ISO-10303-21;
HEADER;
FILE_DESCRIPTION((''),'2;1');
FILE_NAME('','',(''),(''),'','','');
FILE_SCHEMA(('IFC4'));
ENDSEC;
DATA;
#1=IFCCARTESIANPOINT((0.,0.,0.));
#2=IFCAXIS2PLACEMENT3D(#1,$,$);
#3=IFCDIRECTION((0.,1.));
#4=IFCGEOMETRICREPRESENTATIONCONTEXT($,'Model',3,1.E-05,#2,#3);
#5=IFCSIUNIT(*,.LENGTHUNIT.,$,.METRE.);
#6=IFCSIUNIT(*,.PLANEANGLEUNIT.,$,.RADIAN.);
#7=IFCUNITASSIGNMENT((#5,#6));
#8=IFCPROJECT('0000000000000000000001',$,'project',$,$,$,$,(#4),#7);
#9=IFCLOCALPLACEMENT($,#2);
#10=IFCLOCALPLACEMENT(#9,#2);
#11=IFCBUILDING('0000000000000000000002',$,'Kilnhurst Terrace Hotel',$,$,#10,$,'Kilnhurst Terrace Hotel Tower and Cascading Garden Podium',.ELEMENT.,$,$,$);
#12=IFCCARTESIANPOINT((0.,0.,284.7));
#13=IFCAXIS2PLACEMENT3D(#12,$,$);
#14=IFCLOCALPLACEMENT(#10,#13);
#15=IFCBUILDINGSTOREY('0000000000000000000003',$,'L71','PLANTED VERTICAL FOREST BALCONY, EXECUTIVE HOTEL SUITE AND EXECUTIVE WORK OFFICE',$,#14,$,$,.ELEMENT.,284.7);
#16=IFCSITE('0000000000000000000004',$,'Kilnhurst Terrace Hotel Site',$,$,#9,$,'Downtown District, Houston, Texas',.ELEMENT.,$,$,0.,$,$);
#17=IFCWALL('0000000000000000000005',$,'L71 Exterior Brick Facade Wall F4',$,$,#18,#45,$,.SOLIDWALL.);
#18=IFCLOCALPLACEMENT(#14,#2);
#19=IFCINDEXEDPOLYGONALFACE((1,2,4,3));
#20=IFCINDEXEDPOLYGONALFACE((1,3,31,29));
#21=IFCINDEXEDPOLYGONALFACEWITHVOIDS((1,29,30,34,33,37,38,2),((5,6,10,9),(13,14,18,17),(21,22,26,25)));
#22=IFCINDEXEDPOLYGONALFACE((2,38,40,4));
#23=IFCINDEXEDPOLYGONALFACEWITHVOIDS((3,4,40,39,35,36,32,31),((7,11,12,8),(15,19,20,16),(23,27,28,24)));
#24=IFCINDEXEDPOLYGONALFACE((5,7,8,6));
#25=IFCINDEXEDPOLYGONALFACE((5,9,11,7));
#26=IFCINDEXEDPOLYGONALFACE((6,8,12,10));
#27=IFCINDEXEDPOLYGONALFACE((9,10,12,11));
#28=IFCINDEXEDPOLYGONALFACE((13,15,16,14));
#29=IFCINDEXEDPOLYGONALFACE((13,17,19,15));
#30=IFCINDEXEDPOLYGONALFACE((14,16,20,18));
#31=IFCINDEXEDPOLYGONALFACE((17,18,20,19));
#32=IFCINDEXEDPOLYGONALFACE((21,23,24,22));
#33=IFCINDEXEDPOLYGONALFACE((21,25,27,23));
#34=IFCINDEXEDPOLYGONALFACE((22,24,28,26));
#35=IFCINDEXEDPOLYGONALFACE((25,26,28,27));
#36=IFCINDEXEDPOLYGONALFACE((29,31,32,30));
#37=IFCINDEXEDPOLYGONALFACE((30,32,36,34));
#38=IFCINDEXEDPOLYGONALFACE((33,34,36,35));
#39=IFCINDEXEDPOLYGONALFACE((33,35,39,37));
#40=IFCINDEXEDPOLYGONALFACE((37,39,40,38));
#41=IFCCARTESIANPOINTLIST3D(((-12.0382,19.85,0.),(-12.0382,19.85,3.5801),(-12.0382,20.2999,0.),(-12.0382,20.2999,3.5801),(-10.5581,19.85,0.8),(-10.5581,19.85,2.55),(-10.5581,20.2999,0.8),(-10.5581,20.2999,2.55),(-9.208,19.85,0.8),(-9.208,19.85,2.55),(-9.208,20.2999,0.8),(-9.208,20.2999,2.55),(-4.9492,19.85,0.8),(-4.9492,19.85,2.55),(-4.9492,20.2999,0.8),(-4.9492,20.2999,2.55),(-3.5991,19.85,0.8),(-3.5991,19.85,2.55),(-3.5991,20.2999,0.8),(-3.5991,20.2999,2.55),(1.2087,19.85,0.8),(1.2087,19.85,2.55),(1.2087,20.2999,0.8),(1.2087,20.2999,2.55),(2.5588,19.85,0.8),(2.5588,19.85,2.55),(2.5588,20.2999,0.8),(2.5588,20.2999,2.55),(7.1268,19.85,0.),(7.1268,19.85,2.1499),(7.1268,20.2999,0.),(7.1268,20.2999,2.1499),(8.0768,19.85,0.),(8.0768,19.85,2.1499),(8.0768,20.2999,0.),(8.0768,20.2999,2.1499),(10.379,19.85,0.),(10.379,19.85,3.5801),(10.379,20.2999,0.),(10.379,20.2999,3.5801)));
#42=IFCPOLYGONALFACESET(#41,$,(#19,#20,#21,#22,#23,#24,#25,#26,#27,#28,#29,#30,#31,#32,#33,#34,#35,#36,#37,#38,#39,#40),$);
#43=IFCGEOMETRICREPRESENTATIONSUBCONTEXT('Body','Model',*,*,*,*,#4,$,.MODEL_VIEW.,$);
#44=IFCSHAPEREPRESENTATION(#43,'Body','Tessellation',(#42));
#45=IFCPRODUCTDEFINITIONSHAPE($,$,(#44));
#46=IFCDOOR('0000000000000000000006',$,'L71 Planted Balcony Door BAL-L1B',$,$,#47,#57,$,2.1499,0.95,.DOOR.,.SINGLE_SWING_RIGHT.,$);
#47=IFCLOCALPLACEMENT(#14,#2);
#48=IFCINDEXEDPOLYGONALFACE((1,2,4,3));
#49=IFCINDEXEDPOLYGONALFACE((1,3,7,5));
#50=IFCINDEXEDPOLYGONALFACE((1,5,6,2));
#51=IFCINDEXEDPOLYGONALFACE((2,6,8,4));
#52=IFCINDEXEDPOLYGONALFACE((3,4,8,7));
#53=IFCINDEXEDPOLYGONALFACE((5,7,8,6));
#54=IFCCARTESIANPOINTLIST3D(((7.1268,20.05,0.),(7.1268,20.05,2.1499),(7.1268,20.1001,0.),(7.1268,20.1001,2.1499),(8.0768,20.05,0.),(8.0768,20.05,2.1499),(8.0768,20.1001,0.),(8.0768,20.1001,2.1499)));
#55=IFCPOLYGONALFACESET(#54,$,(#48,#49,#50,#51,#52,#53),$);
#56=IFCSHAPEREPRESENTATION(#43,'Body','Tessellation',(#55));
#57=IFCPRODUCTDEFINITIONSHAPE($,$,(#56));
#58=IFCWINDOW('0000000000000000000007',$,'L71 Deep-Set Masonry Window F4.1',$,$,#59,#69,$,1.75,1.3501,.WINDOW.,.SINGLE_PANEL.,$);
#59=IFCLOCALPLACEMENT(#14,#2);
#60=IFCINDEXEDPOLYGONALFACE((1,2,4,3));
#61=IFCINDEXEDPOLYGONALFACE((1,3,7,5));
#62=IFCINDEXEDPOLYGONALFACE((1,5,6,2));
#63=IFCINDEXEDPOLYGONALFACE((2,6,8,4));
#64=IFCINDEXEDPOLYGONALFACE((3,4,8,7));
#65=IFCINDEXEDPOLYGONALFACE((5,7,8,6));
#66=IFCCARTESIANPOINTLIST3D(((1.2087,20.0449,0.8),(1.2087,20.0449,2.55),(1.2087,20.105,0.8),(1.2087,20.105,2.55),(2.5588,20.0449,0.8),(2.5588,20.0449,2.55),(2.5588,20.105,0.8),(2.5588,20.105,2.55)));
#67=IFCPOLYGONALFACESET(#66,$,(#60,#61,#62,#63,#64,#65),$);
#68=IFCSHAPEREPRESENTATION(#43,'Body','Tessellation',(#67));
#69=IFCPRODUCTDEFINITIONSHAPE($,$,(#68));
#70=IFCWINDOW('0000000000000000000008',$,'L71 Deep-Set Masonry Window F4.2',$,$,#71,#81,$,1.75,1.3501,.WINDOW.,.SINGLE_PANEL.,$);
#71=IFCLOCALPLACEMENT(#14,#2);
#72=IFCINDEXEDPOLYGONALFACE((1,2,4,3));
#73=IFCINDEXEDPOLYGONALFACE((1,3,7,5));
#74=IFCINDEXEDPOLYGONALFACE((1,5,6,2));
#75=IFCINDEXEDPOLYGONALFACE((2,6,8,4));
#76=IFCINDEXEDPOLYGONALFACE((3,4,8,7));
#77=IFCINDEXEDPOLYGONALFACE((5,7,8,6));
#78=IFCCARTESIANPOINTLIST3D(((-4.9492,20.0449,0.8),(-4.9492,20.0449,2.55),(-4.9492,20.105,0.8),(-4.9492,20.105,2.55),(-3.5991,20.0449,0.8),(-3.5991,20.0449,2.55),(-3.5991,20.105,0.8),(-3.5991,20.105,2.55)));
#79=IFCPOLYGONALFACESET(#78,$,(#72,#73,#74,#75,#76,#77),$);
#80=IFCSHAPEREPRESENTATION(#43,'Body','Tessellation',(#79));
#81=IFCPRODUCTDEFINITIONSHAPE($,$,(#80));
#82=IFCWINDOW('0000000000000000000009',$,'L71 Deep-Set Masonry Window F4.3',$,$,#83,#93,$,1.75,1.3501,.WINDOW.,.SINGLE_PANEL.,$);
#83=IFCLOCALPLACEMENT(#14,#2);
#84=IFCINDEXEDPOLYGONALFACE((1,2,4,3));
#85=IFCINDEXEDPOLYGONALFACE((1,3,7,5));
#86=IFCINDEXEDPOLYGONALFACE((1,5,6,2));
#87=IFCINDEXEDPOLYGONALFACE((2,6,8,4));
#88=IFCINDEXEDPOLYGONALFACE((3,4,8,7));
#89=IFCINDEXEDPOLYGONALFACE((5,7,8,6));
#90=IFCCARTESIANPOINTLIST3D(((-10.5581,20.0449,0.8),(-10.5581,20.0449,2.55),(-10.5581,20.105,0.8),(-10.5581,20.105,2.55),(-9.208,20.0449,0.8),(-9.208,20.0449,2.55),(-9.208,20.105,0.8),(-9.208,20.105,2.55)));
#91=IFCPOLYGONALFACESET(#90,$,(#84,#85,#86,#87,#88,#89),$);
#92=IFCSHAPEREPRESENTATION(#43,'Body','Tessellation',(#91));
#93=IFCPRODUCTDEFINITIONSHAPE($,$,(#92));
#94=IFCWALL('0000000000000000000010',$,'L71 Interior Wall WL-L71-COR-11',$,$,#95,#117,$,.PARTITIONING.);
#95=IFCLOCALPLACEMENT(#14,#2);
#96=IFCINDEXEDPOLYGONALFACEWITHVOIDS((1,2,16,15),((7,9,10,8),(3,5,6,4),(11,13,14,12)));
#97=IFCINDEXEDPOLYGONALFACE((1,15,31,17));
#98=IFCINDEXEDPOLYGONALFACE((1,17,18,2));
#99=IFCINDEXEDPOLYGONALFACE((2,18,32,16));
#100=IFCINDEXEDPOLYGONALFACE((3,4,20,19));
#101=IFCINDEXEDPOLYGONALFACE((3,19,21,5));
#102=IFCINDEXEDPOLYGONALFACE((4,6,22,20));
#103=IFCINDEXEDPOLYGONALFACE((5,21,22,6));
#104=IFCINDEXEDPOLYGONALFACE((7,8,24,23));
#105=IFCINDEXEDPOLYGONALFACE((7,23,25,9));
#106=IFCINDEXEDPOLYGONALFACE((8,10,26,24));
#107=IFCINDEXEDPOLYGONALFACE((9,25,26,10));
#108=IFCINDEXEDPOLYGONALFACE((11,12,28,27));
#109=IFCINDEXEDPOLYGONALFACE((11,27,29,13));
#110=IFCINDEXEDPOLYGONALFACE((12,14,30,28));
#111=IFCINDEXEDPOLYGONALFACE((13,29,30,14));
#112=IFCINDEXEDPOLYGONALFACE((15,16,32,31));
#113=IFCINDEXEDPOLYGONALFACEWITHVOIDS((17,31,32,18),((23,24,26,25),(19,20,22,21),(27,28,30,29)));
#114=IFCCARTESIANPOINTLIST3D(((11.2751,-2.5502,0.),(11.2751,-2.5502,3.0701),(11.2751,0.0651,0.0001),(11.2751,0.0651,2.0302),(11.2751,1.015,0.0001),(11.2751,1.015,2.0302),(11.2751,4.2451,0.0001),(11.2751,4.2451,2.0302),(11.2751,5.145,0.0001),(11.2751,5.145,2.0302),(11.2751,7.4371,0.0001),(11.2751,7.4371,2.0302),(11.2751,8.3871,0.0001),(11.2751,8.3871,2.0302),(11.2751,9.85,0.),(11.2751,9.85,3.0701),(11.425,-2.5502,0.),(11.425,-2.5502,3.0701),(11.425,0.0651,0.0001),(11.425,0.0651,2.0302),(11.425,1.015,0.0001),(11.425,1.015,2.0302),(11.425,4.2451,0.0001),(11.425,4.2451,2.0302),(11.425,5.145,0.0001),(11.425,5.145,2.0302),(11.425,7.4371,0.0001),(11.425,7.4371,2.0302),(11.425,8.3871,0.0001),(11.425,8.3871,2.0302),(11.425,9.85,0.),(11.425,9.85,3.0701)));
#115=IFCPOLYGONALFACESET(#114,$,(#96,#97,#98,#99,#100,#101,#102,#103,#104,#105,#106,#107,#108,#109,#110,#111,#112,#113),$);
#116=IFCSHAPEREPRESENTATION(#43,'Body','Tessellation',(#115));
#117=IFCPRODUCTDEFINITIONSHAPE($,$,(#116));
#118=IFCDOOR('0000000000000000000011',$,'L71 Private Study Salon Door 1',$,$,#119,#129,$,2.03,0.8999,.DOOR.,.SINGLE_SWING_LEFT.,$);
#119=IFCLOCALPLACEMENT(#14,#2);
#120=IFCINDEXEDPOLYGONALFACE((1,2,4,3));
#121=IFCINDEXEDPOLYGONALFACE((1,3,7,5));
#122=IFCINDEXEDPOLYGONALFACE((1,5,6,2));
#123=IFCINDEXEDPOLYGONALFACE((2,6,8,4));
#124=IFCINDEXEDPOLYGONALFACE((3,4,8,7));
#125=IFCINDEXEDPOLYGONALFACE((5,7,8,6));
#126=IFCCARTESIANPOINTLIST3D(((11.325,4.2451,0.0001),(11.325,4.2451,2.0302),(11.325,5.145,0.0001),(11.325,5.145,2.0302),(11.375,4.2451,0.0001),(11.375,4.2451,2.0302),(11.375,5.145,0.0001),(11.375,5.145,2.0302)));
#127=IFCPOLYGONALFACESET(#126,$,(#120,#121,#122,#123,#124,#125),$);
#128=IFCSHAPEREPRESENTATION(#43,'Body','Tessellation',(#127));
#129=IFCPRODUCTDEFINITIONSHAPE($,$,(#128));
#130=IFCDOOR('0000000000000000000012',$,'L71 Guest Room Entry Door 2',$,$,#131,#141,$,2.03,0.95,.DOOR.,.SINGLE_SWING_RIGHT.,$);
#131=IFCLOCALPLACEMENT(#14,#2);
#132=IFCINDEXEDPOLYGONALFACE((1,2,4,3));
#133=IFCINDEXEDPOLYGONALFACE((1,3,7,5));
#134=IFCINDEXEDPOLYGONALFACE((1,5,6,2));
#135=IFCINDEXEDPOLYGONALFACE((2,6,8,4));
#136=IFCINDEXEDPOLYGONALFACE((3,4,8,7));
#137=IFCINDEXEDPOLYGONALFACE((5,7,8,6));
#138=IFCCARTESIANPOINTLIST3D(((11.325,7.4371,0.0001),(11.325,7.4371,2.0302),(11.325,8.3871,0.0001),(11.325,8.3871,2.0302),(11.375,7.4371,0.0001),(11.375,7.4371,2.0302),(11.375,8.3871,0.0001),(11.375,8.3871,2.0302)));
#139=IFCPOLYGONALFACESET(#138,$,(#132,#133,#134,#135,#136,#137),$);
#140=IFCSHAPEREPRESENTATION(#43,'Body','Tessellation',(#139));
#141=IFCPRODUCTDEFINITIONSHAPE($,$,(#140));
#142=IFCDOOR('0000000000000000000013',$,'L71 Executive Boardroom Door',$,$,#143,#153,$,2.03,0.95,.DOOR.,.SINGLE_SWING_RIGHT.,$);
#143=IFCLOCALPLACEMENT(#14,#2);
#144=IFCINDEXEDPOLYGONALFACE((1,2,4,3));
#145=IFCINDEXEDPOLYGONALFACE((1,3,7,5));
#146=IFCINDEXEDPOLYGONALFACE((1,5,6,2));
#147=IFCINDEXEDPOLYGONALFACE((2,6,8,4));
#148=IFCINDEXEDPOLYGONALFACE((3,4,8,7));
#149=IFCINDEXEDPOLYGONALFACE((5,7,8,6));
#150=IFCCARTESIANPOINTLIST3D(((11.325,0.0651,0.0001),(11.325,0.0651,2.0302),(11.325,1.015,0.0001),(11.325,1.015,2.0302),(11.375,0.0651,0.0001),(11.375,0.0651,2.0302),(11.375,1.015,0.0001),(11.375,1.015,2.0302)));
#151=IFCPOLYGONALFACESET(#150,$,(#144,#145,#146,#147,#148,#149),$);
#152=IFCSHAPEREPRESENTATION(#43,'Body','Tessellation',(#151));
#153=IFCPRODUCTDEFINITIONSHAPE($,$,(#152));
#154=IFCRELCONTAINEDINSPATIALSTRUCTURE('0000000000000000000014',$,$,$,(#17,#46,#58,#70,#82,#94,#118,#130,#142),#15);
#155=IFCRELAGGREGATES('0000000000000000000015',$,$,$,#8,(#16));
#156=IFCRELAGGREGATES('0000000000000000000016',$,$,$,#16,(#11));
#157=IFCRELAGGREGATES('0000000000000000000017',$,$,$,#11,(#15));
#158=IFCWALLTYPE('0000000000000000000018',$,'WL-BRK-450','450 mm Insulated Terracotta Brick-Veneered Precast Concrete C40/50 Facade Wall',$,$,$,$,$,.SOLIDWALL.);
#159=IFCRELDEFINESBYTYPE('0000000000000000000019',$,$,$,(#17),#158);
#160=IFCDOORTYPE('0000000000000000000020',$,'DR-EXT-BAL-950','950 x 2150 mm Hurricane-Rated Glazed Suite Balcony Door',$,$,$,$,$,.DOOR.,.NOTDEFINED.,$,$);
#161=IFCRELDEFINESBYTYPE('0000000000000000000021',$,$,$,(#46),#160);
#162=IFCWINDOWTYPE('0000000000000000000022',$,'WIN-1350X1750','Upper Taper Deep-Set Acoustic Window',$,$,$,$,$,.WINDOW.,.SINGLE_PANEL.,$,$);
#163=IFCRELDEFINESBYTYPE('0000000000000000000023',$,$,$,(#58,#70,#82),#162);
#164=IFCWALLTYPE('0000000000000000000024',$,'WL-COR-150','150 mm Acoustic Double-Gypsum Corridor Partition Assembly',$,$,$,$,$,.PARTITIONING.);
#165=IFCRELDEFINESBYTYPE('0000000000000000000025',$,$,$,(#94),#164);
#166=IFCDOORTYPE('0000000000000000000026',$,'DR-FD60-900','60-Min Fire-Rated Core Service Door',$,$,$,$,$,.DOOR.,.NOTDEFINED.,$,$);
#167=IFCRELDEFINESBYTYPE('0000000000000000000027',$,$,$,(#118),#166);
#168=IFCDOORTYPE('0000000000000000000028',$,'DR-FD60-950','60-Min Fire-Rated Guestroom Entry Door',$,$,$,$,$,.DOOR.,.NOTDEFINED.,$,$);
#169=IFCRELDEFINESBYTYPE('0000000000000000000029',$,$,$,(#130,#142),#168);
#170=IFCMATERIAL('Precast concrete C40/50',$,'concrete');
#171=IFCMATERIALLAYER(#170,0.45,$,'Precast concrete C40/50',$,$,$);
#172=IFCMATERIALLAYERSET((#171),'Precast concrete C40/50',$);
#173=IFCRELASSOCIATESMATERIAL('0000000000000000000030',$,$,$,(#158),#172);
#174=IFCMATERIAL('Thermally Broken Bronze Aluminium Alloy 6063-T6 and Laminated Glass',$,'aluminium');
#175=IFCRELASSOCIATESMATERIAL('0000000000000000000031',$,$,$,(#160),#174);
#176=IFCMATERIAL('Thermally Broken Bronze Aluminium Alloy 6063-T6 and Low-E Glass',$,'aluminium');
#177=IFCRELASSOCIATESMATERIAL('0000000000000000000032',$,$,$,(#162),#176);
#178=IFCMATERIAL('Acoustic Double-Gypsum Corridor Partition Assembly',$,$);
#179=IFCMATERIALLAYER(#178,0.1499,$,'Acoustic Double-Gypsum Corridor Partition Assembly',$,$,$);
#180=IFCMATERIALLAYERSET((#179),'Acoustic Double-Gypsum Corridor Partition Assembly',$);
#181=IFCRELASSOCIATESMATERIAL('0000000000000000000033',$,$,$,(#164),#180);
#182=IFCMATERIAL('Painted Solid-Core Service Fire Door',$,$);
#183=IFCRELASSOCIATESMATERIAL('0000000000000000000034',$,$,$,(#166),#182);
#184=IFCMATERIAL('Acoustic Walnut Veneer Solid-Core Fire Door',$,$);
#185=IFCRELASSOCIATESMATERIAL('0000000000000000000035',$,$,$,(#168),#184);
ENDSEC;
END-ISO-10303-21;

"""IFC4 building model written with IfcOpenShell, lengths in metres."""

from ifc_helpers import new_model, si_unit, direction, frame, frame_2d, origin, place, context, subcontext, project, spatial, rectangle, extrude, material, layer, layer_set, type_object, element, fill, save


model = new_model("IFC4")

# Units and contexts
model_context = context("Model", 3, precision=1e-05, world=origin(), true_north=direction((0.0, 1.0)))
body_context = subcontext(model_context, "Body", "Model", "MODEL_VIEW")
ifc_project = project(units=[si_unit("LENGTHUNIT", "METRE"), si_unit("PLANEANGLEUNIT", "RADIAN")], contexts=[model_context])

# Site, building, storey
site_placement = place(None, origin())
site = spatial("IfcSite", under=ifc_project, at=site_placement, Name="Kilnhurst Terrace Hotel Site", LongName="Downtown District, Houston, Texas", CompositionType="ELEMENT", RefElevation=0.0)
building_placement = place(site_placement, origin())
building = spatial("IfcBuilding", under=site, at=building_placement, Name="Kilnhurst Terrace Hotel", LongName="Kilnhurst Terrace Hotel Tower and Cascading Garden Podium", CompositionType="ELEMENT")
storey_placement = place(building_placement, frame((0.0, 0.0, 284.7)))
storey = spatial("IfcBuildingStorey", under=building, at=storey_placement, Name="L71", Description="PLANTED VERTICAL FOREST BALCONY, EXECUTIVE HOTEL SUITE AND EXECUTIVE WORK OFFICE", CompositionType="ELEMENT", Elevation=284.7)

# Shared definitions
ifc_material_1 = material(Name="Precast concrete C40/50", Category="concrete")
ifc_layer_1 = layer(ifc_material_1, 0.45, Name="Precast concrete C40/50")
ifc_layer_set_1 = layer_set([ifc_layer_1], Name="Precast concrete C40/50")
wall_type_1 = type_object("IfcWallType", Name="WL-BRK-450", Description="450 mm Insulated Terracotta Brick-Veneered Precast Concrete C40/50 Facade Wall", PredefinedType="SOLIDWALL", material=ifc_layer_set_1)

# Wall, openings, door, windows
wall_1_placement = place(storey_placement, frame((10.3789, 20.075, 0.0), z_axis=(0.0, 0.0, 1.0), x_axis=(-1.0, 0.0, 0.0)))
wall_1 = element("IfcWall", 1, at=wall_1_placement, inside=storey, type_object=wall_type_1, Name="L71 Exterior Brick Facade Wall F4", PredefinedType="SOLIDWALL", context=body_context, shape_type="SweptSolid", body=[
    extrude(rectangle(XDim=22.4172, YDim=0.45, at=frame_2d((11.2085, 0.0))), origin(), (0.0, 0.0, 1.0), 3.5801),
])
opening_1_placement = place(wall_1_placement, frame((2.302, 0.0, 0.0)))
opening_1 = element("IfcOpeningElement", 2, at=opening_1_placement, cuts=wall_1, PredefinedType="OPENING", context=body_context, shape_type="SweptSolid", body=[
    extrude(rectangle(XDim=0.95, YDim=2.1499, at=frame_2d((0.4751, 1.075))), frame((0.0, 0.2349, 0.0), z_axis=(0.0, -1.0, 0.0), x_axis=(1.0, 0.0, 0.0)), (0.0, 0.0, 1.0), 0.47),
])
opening_2_placement = place(wall_1_placement, frame((7.8201, 0.0, 0.8)))
opening_2 = element("IfcOpeningElement", 3, at=opening_2_placement, cuts=wall_1, PredefinedType="OPENING", context=body_context, shape_type="SweptSolid", body=[
    extrude(rectangle(XDim=1.3501, YDim=1.75, at=frame_2d((0.675, 0.875))), frame((0.0, 0.2349, 0.0), z_axis=(0.0, -1.0, 0.0), x_axis=(1.0, 0.0, 0.0)), (0.0, 0.0, 1.0), 0.47),
])
opening_3_placement = place(wall_1_placement, frame((13.978, 0.0, 0.8)))
opening_3 = element("IfcOpeningElement", 4, at=opening_3_placement, cuts=wall_1, PredefinedType="OPENING", context=body_context, shape_type="SweptSolid", body=[
    extrude(rectangle(XDim=1.3501, YDim=1.75, at=frame_2d((0.675, 0.875))), frame((0.0, 0.2349, 0.0), z_axis=(0.0, -1.0, 0.0), x_axis=(1.0, 0.0, 0.0)), (0.0, 0.0, 1.0), 0.47),
])
opening_4_placement = place(wall_1_placement, frame((19.5869, 0.0, 0.8)))
opening_4 = element("IfcOpeningElement", 5, at=opening_4_placement, cuts=wall_1, PredefinedType="OPENING", context=body_context, shape_type="SweptSolid", body=[
    extrude(rectangle(XDim=1.3501, YDim=1.75, at=frame_2d((0.675, 0.875))), frame((0.0, 0.2349, 0.0), z_axis=(0.0, -1.0, 0.0), x_axis=(1.0, 0.0, 0.0)), (0.0, 0.0, 1.0), 0.47),
])
ifc_material_2 = material(Name="Thermally Broken Bronze Aluminium Alloy 6063-T6 and Laminated Glass", Category="aluminium")
door_type_1 = type_object("IfcDoorType", Name="DR-EXT-BAL-950", Description="950 x 2150 mm Hurricane-Rated Glazed Suite Balcony Door", OperationType="NOTDEFINED", PredefinedType="DOOR", material=ifc_material_2)
door_1_placement = place(opening_1_placement, origin())
door_1 = element("IfcDoor", 6, at=door_1_placement, inside=storey, type_object=door_type_1, Name="L71 Planted Balcony Door BAL-L1B", OperationType="SINGLE_SWING_RIGHT", OverallHeight=2.1499, OverallWidth=0.95, PredefinedType="DOOR", context=body_context, shape_type="SweptSolid", body=[
    extrude(rectangle(XDim=0.95, YDim=2.1499, at=frame_2d((0.4751, 1.075))), frame((0.0, 0.0249, 0.0), z_axis=(0.0, -1.0, 0.0), x_axis=(1.0, 0.0, 0.0)), (0.0, 0.0, 1.0), 0.05),
])
fill(opening_1, door_1)
ifc_material_3 = material(Name="Thermally Broken Bronze Aluminium Alloy 6063-T6 and Low-E Glass", Category="aluminium")
window_type = type_object("IfcWindowType", Name="WIN-1350X1750", Description="Upper Taper Deep-Set Acoustic Window", PartitioningType="SINGLE_PANEL", PredefinedType="WINDOW", material=ifc_material_3)
window_1_placement = place(opening_2_placement, origin())
window_1 = element("IfcWindow", 7, at=window_1_placement, inside=storey, type_object=window_type, Name="L71 Deep-Set Masonry Window F4.1", OverallHeight=1.75, OverallWidth=1.3501, PartitioningType="SINGLE_PANEL", PredefinedType="WINDOW", context=body_context, shape_type="SweptSolid", body=[
    extrude(rectangle(XDim=1.3501, YDim=1.75, at=frame_2d((0.675, 0.875))), frame((0.0, 0.03, 0.0), z_axis=(0.0, -1.0, 0.0), x_axis=(1.0, 0.0, 0.0)), (0.0, 0.0, 1.0), 0.0601),
])
fill(opening_2, window_1)
window_2_placement = place(opening_3_placement, origin())
window_2 = element("IfcWindow", 8, at=window_2_placement, inside=storey, type_object=window_type, Name="L71 Deep-Set Masonry Window F4.2", OverallHeight=1.75, OverallWidth=1.3501, PartitioningType="SINGLE_PANEL", PredefinedType="WINDOW", context=body_context, shape_type="SweptSolid", body=[
    extrude(rectangle(XDim=1.3501, YDim=1.75, at=frame_2d((0.675, 0.875))), frame((0.0, 0.03, 0.0), z_axis=(0.0, -1.0, 0.0), x_axis=(1.0, 0.0, 0.0)), (0.0, 0.0, 1.0), 0.0601),
])
fill(opening_3, window_2)
window_3_placement = place(opening_4_placement, origin())
window_3 = element("IfcWindow", 9, at=window_3_placement, inside=storey, type_object=window_type, Name="L71 Deep-Set Masonry Window F4.3", OverallHeight=1.75, OverallWidth=1.3501, PartitioningType="SINGLE_PANEL", PredefinedType="WINDOW", context=body_context, shape_type="SweptSolid", body=[
    extrude(rectangle(XDim=1.3501, YDim=1.75, at=frame_2d((0.675, 0.875))), frame((0.0, 0.03, 0.0), z_axis=(0.0, -1.0, 0.0), x_axis=(1.0, 0.0, 0.0)), (0.0, 0.0, 1.0), 0.0601),
])
fill(opening_4, window_3)

# Wall, openings, doors
ifc_material_4 = material(Name="Acoustic Double-Gypsum Corridor Partition Assembly")
ifc_layer_2 = layer(ifc_material_4, 0.1499, Name="Acoustic Double-Gypsum Corridor Partition Assembly")
ifc_layer_set_2 = layer_set([ifc_layer_2], Name="Acoustic Double-Gypsum Corridor Partition Assembly")
wall_type_2 = type_object("IfcWallType", Name="WL-COR-150", Description="150 mm Acoustic Double-Gypsum Corridor Partition Assembly", PredefinedType="PARTITIONING", material=ifc_layer_set_2)
wall_2_placement = place(storey_placement, frame((11.3501, 9.8501, 0.0), z_axis=(0.0, 0.0, 1.0), x_axis=(0.0, -1.0, 0.0)))
wall_2 = element("IfcWall", 10, at=wall_2_placement, inside=storey, type_object=wall_type_2, Name="L71 Interior Wall WL-L71-COR-11", PredefinedType="PARTITIONING", context=body_context, shape_type="SweptSolid", body=[
    extrude(rectangle(XDim=12.4001, YDim=0.1499, at=frame_2d((6.2002, 0.0))), origin(), (0.0, 0.0, 1.0), 3.0701),
])
opening_5_placement = place(wall_2_placement, frame((4.7051, 0.0, 0.0)))
opening_5 = element("IfcOpeningElement", 11, at=opening_5_placement, cuts=wall_2, PredefinedType="OPENING", context=body_context, shape_type="SweptSolid", body=[
    extrude(rectangle(XDim=0.8999, YDim=2.03, at=frame_2d((0.45, 1.0151))), frame((0.0, 0.085, 0.0), z_axis=(0.0, -1.0, 0.0), x_axis=(1.0, 0.0, 0.0)), (0.0, 0.0, 1.0), 0.1699),
])
opening_6_placement = place(wall_2_placement, frame((1.4629, 0.0, 0.0)))
opening_6 = element("IfcOpeningElement", 12, at=opening_6_placement, cuts=wall_2, PredefinedType="OPENING", context=body_context, shape_type="SweptSolid", body=[
    extrude(rectangle(XDim=0.95, YDim=2.03, at=frame_2d((0.4751, 1.0151))), frame((0.0, 0.085, 0.0), z_axis=(0.0, -1.0, 0.0), x_axis=(1.0, 0.0, 0.0)), (0.0, 0.0, 1.0), 0.1699),
])
opening_7_placement = place(wall_2_placement, frame((8.835, 0.0, 0.0)))
opening_7 = element("IfcOpeningElement", 13, at=opening_7_placement, cuts=wall_2, PredefinedType="OPENING", context=body_context, shape_type="SweptSolid", body=[
    extrude(rectangle(XDim=0.95, YDim=2.03, at=frame_2d((0.4751, 1.0151))), frame((0.0, 0.085, 0.0), z_axis=(0.0, -1.0, 0.0), x_axis=(1.0, 0.0, 0.0)), (0.0, 0.0, 1.0), 0.1699),
])
ifc_material_5 = material(Name="Painted Solid-Core Service Fire Door")
door_type_2 = type_object("IfcDoorType", Name="DR-FD60-900", Description="60-Min Fire-Rated Core Service Door", OperationType="NOTDEFINED", PredefinedType="DOOR", material=ifc_material_5)
door_2_placement = place(opening_5_placement, origin())
door_2 = element("IfcDoor", 14, at=door_2_placement, inside=storey, type_object=door_type_2, Name="L71 Private Study Salon Door 1", OperationType="SINGLE_SWING_LEFT", OverallHeight=2.03, OverallWidth=0.8999, PredefinedType="DOOR", context=body_context, shape_type="SweptSolid", body=[
    extrude(rectangle(XDim=0.8999, YDim=2.03, at=frame_2d((0.45, 1.0151))), frame((0.0, 0.0249, 0.0), z_axis=(0.0, -1.0, 0.0), x_axis=(1.0, 0.0, 0.0)), (0.0, 0.0, 1.0), 0.05),
])
fill(opening_5, door_2)
ifc_material_6 = material(Name="Acoustic Walnut Veneer Solid-Core Fire Door")
door_type_3 = type_object("IfcDoorType", Name="DR-FD60-950", Description="60-Min Fire-Rated Guestroom Entry Door", OperationType="NOTDEFINED", PredefinedType="DOOR", material=ifc_material_6)
door_3_placement = place(opening_6_placement, origin())
door_3 = element("IfcDoor", 15, at=door_3_placement, inside=storey, type_object=door_type_3, Name="L71 Guest Room Entry Door 2", OperationType="SINGLE_SWING_RIGHT", OverallHeight=2.03, OverallWidth=0.95, PredefinedType="DOOR", context=body_context, shape_type="SweptSolid", body=[
    extrude(rectangle(XDim=0.95, YDim=2.03, at=frame_2d((0.4751, 1.0151))), frame((0.0, 0.0249, 0.0), z_axis=(0.0, -1.0, 0.0), x_axis=(1.0, 0.0, 0.0)), (0.0, 0.0, 1.0), 0.05),
])
fill(opening_6, door_3)
door_4_placement = place(opening_7_placement, origin())
door_4 = element("IfcDoor", 16, at=door_4_placement, inside=storey, type_object=door_type_3, Name="L71 Executive Boardroom Door", OperationType="SINGLE_SWING_RIGHT", OverallHeight=2.03, OverallWidth=0.95, PredefinedType="DOOR", context=body_context, shape_type="SweptSolid", body=[
    extrude(rectangle(XDim=0.95, YDim=2.03, at=frame_2d((0.4751, 1.0151))), frame((0.0, 0.0249, 0.0), z_axis=(0.0, -1.0, 0.0), x_axis=(1.0, 0.0, 0.0)), (0.0, 0.0, 1.0), 0.05),
])
fill(opening_7, door_4)

save(model, "model.ifc")
